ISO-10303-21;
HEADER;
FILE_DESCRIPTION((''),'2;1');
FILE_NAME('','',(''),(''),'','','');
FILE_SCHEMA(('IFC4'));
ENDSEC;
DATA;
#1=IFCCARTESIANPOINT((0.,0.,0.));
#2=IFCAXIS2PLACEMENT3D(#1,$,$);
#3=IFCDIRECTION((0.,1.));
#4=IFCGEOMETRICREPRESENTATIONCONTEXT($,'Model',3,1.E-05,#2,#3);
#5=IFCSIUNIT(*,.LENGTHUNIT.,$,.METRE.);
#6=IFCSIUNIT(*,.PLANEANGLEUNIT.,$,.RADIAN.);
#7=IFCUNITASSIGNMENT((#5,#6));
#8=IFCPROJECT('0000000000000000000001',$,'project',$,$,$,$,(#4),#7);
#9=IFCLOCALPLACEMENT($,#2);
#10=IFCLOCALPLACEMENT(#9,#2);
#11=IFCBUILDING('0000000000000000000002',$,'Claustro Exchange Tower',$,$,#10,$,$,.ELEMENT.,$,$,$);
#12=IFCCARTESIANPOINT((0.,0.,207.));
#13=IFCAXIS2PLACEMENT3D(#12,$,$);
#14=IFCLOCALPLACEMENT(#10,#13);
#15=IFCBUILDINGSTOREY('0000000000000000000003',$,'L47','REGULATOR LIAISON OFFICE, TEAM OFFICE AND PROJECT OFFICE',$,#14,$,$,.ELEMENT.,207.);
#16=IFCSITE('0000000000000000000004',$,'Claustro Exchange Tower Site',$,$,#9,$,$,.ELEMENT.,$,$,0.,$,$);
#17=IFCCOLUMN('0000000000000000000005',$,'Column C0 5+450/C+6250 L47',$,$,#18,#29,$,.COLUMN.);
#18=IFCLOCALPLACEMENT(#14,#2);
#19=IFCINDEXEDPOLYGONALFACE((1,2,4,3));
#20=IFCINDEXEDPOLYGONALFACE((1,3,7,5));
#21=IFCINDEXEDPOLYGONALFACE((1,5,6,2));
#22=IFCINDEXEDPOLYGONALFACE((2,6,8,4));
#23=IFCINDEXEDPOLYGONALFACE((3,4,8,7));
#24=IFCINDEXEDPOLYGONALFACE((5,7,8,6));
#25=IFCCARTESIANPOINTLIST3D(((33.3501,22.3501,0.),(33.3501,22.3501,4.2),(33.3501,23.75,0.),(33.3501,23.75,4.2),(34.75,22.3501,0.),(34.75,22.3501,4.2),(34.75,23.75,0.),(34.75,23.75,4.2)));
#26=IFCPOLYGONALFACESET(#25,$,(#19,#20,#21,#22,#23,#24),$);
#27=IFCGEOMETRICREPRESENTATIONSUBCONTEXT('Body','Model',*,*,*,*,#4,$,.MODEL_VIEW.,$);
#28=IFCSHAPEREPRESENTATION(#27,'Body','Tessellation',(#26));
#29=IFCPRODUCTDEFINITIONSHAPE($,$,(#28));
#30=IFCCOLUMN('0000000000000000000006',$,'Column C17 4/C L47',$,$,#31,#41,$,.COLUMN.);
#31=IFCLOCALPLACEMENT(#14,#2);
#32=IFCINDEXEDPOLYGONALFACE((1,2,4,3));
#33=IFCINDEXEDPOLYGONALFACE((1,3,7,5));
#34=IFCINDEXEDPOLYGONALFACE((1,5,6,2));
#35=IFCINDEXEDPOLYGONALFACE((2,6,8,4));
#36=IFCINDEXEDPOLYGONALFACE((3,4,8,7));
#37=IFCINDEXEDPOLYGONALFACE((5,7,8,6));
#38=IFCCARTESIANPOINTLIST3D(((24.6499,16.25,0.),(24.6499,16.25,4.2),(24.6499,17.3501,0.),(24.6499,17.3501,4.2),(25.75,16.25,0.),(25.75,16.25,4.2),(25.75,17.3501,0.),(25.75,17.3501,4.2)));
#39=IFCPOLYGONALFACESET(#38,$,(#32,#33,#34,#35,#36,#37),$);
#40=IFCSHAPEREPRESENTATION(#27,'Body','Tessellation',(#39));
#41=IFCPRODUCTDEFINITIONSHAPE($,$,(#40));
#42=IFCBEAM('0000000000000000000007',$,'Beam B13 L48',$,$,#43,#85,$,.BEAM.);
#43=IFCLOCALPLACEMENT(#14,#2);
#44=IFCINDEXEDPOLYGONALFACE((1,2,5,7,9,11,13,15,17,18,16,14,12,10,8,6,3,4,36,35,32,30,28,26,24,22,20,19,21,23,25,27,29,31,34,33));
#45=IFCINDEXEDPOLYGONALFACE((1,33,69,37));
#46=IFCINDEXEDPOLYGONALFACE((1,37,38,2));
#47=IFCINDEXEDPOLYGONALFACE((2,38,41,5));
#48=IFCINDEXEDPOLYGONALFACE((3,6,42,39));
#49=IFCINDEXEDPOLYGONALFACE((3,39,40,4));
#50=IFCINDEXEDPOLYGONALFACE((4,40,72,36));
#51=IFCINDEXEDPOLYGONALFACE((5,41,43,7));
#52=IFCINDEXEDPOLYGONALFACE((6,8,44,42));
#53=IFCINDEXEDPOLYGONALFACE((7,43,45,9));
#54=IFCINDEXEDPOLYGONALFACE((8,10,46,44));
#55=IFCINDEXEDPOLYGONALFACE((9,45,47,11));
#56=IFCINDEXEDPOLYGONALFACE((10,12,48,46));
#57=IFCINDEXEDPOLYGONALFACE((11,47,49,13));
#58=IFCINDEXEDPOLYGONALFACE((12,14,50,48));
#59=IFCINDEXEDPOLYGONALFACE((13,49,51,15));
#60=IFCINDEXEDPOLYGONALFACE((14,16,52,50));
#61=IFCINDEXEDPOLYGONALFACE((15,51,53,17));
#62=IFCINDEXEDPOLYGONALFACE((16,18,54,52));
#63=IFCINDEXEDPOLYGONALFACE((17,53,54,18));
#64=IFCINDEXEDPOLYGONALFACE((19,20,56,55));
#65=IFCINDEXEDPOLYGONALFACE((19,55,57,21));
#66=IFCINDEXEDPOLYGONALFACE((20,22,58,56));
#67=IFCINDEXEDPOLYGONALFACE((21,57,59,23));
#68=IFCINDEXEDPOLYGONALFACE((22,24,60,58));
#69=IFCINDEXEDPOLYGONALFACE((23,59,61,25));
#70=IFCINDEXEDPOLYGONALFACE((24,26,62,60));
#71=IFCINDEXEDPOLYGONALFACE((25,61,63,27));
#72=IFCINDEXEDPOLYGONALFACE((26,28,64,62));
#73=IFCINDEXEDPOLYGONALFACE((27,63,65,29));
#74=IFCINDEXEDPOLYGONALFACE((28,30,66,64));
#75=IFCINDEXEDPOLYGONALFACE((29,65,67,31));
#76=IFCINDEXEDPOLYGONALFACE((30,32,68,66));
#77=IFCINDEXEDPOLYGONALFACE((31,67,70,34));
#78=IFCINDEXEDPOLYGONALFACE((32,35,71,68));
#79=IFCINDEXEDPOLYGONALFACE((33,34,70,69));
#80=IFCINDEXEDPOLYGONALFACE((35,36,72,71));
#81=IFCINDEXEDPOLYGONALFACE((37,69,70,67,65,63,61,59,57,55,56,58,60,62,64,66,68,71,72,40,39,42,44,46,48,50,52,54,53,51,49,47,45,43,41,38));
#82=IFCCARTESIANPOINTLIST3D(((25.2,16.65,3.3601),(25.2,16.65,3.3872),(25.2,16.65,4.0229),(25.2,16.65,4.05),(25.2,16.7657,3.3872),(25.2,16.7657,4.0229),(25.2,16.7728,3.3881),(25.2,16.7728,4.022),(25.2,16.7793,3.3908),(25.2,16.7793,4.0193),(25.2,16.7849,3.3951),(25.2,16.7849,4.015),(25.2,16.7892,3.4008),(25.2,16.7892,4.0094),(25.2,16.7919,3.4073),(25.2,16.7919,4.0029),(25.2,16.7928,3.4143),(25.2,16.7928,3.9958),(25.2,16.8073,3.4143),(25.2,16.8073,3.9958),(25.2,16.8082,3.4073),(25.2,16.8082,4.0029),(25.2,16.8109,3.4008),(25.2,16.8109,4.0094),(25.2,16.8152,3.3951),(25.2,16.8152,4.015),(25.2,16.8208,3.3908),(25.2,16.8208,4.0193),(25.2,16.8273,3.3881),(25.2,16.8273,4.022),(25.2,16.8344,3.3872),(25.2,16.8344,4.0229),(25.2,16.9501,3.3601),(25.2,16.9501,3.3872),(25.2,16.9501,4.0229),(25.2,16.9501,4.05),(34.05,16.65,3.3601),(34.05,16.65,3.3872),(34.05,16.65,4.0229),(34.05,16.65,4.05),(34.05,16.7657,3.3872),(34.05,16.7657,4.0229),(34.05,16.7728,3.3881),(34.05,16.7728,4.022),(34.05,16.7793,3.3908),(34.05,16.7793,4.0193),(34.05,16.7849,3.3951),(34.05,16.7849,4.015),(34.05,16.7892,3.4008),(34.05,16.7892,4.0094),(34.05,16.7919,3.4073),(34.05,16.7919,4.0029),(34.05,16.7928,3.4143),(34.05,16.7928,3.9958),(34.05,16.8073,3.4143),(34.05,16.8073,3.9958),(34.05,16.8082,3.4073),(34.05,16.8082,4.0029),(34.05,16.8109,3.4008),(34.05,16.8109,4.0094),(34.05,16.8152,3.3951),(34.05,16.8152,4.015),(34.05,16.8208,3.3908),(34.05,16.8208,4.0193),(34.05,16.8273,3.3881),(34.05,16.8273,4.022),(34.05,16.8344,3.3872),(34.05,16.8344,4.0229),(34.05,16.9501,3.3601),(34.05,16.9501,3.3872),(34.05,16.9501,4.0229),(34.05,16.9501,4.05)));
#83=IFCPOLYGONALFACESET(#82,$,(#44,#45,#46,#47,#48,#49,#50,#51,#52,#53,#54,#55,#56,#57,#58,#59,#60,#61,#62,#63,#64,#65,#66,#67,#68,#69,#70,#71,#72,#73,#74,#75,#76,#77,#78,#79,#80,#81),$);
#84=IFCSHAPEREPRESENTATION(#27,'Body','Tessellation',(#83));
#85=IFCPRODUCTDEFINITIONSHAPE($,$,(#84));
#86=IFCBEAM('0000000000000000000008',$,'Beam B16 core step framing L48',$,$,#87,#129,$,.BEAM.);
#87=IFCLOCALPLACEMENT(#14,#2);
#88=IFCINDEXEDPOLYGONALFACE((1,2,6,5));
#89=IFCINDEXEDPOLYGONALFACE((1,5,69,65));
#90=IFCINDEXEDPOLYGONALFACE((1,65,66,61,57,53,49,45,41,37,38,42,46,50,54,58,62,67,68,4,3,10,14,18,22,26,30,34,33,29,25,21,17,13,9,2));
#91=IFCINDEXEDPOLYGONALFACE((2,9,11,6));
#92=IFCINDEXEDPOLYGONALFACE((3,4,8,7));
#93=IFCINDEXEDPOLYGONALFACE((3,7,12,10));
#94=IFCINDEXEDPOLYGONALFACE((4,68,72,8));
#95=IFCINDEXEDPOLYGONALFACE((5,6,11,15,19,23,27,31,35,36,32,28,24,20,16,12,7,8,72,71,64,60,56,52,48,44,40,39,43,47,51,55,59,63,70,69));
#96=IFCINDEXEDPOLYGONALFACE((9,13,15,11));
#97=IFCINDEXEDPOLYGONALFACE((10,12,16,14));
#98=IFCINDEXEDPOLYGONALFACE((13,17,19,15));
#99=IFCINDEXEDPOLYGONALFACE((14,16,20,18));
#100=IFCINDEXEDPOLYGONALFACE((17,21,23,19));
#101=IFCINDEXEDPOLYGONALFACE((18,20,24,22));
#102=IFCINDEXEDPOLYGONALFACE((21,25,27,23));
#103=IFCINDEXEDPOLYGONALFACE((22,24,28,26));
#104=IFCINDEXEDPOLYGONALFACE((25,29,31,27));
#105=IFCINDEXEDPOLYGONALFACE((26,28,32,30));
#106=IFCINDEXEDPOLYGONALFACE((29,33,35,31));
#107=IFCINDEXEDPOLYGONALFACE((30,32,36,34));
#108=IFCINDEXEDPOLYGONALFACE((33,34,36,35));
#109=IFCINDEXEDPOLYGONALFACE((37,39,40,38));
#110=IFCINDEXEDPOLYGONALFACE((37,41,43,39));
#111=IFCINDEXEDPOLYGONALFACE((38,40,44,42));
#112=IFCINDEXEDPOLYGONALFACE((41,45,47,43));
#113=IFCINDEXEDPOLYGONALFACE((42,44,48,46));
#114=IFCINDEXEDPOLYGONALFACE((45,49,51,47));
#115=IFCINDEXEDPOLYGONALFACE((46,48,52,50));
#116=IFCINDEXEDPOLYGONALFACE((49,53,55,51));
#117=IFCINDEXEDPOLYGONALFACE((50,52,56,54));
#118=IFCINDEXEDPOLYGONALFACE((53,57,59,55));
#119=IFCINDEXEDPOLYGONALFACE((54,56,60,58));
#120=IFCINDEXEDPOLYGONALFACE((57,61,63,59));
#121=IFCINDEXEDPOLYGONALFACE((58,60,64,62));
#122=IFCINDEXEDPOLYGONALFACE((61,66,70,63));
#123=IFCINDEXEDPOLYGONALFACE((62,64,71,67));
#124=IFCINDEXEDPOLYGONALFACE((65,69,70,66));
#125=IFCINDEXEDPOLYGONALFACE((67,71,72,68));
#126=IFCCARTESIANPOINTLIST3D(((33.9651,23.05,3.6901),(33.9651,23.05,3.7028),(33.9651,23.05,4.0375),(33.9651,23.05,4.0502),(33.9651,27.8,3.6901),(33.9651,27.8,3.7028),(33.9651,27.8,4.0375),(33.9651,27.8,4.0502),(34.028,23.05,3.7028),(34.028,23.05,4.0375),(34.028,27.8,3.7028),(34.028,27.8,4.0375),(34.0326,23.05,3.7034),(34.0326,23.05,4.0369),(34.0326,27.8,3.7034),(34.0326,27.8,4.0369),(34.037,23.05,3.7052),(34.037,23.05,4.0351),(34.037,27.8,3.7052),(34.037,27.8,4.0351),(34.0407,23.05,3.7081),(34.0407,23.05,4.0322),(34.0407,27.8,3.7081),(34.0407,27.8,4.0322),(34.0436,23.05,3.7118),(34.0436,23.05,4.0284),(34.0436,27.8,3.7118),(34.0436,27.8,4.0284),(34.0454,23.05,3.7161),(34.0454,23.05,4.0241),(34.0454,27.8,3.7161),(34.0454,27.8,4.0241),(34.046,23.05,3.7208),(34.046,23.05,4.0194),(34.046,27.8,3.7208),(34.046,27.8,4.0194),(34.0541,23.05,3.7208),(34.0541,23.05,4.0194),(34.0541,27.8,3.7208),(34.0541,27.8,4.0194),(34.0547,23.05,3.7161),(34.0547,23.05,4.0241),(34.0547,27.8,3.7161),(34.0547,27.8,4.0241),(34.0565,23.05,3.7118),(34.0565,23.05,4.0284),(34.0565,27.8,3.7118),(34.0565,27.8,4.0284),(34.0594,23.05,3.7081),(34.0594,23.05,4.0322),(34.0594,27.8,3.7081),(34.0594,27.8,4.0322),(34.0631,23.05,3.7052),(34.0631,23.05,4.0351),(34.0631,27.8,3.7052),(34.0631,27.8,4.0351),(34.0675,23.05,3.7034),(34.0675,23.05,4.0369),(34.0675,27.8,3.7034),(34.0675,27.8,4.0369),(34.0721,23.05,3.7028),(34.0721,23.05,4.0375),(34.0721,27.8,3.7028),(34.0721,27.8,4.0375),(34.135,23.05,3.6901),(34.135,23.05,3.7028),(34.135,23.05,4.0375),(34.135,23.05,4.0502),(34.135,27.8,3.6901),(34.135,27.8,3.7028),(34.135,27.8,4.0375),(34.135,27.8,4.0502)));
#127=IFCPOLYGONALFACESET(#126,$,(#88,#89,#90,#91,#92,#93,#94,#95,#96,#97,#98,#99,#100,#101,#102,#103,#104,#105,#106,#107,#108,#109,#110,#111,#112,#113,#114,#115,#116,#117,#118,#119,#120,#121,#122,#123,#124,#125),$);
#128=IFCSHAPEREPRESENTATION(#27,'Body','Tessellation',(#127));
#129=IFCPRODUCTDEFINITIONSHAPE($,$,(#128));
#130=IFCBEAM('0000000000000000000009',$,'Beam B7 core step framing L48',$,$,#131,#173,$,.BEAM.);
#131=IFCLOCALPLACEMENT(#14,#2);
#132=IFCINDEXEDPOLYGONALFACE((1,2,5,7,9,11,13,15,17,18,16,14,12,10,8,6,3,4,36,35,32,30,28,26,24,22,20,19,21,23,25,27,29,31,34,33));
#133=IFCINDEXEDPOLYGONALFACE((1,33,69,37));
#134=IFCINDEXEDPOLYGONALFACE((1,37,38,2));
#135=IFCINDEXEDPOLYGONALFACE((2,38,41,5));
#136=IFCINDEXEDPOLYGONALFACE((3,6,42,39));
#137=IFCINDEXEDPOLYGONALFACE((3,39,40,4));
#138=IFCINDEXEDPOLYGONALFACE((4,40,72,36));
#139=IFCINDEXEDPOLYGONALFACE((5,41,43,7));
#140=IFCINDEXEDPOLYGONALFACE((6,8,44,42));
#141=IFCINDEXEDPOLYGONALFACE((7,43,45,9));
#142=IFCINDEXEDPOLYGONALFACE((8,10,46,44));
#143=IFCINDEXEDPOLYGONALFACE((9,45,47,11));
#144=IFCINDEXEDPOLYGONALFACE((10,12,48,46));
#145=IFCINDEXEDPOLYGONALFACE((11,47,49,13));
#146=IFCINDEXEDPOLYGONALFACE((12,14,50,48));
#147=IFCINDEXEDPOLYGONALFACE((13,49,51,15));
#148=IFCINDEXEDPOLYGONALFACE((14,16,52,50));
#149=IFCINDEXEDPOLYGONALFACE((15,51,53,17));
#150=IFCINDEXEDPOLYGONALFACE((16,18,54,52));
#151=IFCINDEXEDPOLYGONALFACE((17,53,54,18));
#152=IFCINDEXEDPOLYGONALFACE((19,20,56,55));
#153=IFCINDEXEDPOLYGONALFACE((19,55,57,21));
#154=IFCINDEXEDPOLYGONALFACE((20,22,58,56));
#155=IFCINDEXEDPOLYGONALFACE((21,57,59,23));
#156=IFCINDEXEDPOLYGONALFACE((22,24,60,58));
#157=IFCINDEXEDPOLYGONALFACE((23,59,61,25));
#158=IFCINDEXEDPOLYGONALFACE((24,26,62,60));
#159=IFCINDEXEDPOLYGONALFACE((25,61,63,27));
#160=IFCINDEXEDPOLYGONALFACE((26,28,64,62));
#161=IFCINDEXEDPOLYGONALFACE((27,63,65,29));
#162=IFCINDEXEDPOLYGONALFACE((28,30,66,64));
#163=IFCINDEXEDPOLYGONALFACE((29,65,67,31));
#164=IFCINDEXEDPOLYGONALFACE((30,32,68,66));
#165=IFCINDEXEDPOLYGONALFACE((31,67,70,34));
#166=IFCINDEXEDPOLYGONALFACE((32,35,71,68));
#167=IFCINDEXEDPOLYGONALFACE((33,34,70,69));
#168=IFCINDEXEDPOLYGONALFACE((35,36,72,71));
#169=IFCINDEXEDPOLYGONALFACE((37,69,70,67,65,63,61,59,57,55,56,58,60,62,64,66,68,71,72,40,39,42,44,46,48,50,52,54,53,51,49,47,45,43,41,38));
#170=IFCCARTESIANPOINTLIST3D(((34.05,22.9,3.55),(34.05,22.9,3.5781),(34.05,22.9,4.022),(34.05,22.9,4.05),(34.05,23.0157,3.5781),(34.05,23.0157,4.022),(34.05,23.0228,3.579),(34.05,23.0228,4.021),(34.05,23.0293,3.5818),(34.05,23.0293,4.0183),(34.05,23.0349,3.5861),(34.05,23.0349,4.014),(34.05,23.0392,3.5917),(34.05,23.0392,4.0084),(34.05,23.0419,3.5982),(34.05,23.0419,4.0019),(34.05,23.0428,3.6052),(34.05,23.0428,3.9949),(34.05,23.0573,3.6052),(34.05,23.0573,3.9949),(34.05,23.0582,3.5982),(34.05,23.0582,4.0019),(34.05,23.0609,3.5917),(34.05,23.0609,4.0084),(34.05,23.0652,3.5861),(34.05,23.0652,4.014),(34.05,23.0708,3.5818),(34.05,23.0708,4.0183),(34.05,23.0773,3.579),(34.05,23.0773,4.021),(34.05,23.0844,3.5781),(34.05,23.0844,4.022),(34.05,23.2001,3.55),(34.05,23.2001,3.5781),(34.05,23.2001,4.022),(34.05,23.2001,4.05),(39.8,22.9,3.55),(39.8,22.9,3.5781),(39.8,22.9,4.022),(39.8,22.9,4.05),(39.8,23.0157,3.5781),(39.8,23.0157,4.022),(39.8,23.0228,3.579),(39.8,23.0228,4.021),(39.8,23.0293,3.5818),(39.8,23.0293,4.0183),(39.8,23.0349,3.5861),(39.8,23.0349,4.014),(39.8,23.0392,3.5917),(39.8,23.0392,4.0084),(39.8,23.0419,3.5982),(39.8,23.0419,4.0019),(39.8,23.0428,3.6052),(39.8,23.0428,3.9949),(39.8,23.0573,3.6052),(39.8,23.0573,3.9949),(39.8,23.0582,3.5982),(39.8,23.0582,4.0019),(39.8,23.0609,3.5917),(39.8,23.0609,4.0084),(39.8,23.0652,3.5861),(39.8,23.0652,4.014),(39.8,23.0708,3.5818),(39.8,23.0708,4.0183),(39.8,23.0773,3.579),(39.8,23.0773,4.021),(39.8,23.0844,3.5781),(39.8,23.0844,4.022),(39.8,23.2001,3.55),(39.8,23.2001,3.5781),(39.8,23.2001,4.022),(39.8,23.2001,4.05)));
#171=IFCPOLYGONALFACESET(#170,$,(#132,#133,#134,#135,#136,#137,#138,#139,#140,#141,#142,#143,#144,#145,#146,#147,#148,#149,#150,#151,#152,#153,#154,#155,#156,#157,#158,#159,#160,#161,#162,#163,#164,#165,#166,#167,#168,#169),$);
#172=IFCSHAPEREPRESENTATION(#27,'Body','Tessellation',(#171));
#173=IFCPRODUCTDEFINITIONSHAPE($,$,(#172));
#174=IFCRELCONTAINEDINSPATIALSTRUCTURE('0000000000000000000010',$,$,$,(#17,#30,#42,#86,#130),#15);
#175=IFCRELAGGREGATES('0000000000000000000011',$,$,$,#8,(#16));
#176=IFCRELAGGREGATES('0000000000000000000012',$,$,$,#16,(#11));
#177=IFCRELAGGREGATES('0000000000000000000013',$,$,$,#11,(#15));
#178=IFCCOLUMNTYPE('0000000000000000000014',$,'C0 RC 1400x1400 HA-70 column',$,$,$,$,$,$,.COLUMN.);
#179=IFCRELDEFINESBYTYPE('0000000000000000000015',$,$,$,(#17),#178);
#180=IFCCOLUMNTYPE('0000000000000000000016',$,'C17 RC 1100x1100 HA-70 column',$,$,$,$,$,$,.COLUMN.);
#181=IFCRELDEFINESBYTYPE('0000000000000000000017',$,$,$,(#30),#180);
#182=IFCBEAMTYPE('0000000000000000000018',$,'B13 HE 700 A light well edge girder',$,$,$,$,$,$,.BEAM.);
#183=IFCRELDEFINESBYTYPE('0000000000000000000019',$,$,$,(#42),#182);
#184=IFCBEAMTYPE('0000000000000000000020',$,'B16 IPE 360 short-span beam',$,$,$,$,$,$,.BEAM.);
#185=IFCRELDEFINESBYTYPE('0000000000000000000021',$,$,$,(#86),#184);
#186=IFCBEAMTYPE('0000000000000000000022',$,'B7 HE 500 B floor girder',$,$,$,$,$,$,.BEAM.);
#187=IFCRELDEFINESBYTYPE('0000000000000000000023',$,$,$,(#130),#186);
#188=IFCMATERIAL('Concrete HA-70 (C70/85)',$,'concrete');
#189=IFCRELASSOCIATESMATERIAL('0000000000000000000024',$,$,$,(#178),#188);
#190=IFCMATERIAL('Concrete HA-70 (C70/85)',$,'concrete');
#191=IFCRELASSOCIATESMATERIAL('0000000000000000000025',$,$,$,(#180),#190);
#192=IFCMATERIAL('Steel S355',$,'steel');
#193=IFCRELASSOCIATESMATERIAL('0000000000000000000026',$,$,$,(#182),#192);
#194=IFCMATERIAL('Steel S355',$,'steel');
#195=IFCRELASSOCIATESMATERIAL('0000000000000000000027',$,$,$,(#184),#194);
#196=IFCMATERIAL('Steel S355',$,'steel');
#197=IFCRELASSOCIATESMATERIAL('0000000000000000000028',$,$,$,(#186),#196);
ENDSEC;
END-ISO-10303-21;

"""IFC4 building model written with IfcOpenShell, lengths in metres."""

from ifc_helpers import new_model, si_unit, direction, frame, origin, origin_2d, place, context, subcontext, project, spatial, rectangle, i_section, extrude, material, material_profile, profile_set, type_object, element, save


model = new_model("IFC4")

# Units and contexts
model_context = context("Model", 3, precision=1e-05, world=origin(), true_north=direction((0.0, 1.0)))
body_context = subcontext(model_context, "Body", "Model", "MODEL_VIEW")
ifc_project = project(units=[si_unit("LENGTHUNIT", "METRE"), si_unit("PLANEANGLEUNIT", "RADIAN")], contexts=[model_context])

# Site, building, storey
site_placement = place(None, origin())
site = spatial("IfcSite", under=ifc_project, at=site_placement, Name="Claustro Exchange Tower Site", CompositionType="ELEMENT", RefElevation=0.0)
building_placement = place(site_placement, origin())
building = spatial("IfcBuilding", under=site, at=building_placement, Name="Claustro Exchange Tower", CompositionType="ELEMENT")
storey_placement = place(building_placement, frame((0.0, 0.0, 207.0)))
storey = spatial("IfcBuildingStorey", under=building, at=storey_placement, Name="L47", Description="REGULATOR LIAISON OFFICE, TEAM OFFICE AND PROJECT OFFICE", CompositionType="ELEMENT", Elevation=207.0)

# Columns
ifc_material_1 = material(Name="Concrete HA-70 (C70/85)", Category="concrete")
ifc_material_profile_1 = material_profile(ifc_material_1, rectangle(XDim=1.3999, YDim=1.3999, at=origin_2d()), Name="RC 1400x1400")
ifc_profile_set_1 = profile_set([ifc_material_profile_1], Name="Concrete HA-70 (C70/85)")
column_type_1 = type_object("IfcColumnType", Name="C0 RC 1400x1400 HA-70 column", PredefinedType="COLUMN", material=ifc_profile_set_1)
column_1_placement = place(storey_placement, frame((34.05, 23.05, 0.0), z_axis=(0.0, 0.0, 1.0), x_axis=(1.0, 0.0, 0.0)))
element("IfcColumn", 1, at=column_1_placement, inside=storey, type_object=column_type_1, Name="Column C0 5+450/C+6250 L47", PredefinedType="COLUMN", context=body_context, shape_type="SweptSolid", body=[
    extrude(rectangle(XDim=1.3999, YDim=1.3999, at=origin_2d()), origin(), (0.0, 0.0, 1.0), 4.2),
])
ifc_material_2 = material(Name="Concrete HA-70 (C70/85)", Category="concrete")
ifc_material_profile_2 = material_profile(ifc_material_2, rectangle(XDim=1.1001, YDim=1.1001, at=origin_2d()), Name="RC 1100x1100")
ifc_profile_set_2 = profile_set([ifc_material_profile_2], Name="Concrete HA-70 (C70/85)")
column_type_2 = type_object("IfcColumnType", Name="C17 RC 1100x1100 HA-70 column", PredefinedType="COLUMN", material=ifc_profile_set_2)
column_2_placement = place(storey_placement, frame((25.2, 16.8, 0.0), z_axis=(0.0, 0.0, 1.0), x_axis=(1.0, 0.0, 0.0)))
element("IfcColumn", 2, at=column_2_placement, inside=storey, type_object=column_type_2, Name="Column C17 4/C L47", PredefinedType="COLUMN", context=body_context, shape_type="SweptSolid", body=[
    extrude(rectangle(XDim=1.1001, YDim=1.1001, at=origin_2d()), origin(), (0.0, 0.0, 1.0), 4.2),
])

# Beams
ifc_material_3 = material(Name="Steel S355", Category="steel")
ifc_material_profile_3 = material_profile(ifc_material_3, i_section(OverallWidth=0.3, OverallDepth=0.6899, WebThickness=0.0144, FlangeThickness=0.0271, FilletRadius=0.0271, at=origin_2d()), Name="HE 700 A")
ifc_profile_set_3 = profile_set([ifc_material_profile_3], Name="Steel S355")
beam_type_1 = type_object("IfcBeamType", Name="B13 HE 700 A light well edge girder", PredefinedType="BEAM", material=ifc_profile_set_3)
beam_1_placement = place(storey_placement, frame((25.2, 16.8, 3.7051), z_axis=(1.0, 0.0, 0.0), x_axis=(0.0, 1.0, 0.0)))
element("IfcBeam", 3, at=beam_1_placement, inside=storey, type_object=beam_type_1, Name="Beam B13 L48", PredefinedType="BEAM", context=body_context, shape_type="SweptSolid", body=[
    extrude(i_section(OverallWidth=0.3, OverallDepth=0.6899, WebThickness=0.0144, FlangeThickness=0.0271, FilletRadius=0.0271, at=origin_2d()), origin(), (0.0, 0.0, 1.0), 8.8501),
])
ifc_material_4 = material(Name="Steel S355", Category="steel")
ifc_material_profile_4 = material_profile(ifc_material_4, i_section(OverallWidth=0.1699, OverallDepth=0.3601, WebThickness=0.0081, FlangeThickness=0.0127, FilletRadius=0.0181, at=origin_2d()), Name="IPE 360")
ifc_profile_set_4 = profile_set([ifc_material_profile_4], Name="Steel S355")
beam_type_2 = type_object("IfcBeamType", Name="B16 IPE 360 short-span beam", PredefinedType="BEAM", material=ifc_profile_set_4)
beam_2_placement = place(storey_placement, frame((34.05, 23.05, 3.8701), z_axis=(0.0, 1.0, 0.0), x_axis=(-1.0, 0.0, 0.0)))
element("IfcBeam", 4, at=beam_2_placement, inside=storey, type_object=beam_type_2, Name="Beam B16 core step framing L48", PredefinedType="BEAM", context=body_context, shape_type="SweptSolid", body=[
    extrude(i_section(OverallWidth=0.1699, OverallDepth=0.3601, WebThickness=0.0081, FlangeThickness=0.0127, FilletRadius=0.0181, at=origin_2d()), origin(), (0.0, 0.0, 1.0), 4.75),
])
ifc_material_5 = material(Name="Steel S355", Category="steel")
ifc_material_profile_5 = material_profile(ifc_material_5, i_section(OverallWidth=0.3, OverallDepth=0.5, WebThickness=0.0144, FlangeThickness=0.0281, FilletRadius=0.0271, at=origin_2d()), Name="HE 500 B")
ifc_profile_set_5 = profile_set([ifc_material_profile_5], Name="Steel S355")
beam_type_3 = type_object("IfcBeamType", Name="B7 HE 500 B floor girder", PredefinedType="BEAM", material=ifc_profile_set_5)
beam_3_placement = place(storey_placement, frame((34.05, 23.05, 3.8), z_axis=(1.0, 0.0, 0.0), x_axis=(0.0, 1.0, 0.0)))
element("IfcBeam", 5, at=beam_3_placement, inside=storey, type_object=beam_type_3, Name="Beam B7 core step framing L48", PredefinedType="BEAM", context=body_context, shape_type="SweptSolid", body=[
    extrude(i_section(OverallWidth=0.3, OverallDepth=0.5, WebThickness=0.0144, FlangeThickness=0.0281, FilletRadius=0.0271, at=origin_2d()), origin(), (0.0, 0.0, 1.0), 5.75),
])

save(model, "model.ifc")
